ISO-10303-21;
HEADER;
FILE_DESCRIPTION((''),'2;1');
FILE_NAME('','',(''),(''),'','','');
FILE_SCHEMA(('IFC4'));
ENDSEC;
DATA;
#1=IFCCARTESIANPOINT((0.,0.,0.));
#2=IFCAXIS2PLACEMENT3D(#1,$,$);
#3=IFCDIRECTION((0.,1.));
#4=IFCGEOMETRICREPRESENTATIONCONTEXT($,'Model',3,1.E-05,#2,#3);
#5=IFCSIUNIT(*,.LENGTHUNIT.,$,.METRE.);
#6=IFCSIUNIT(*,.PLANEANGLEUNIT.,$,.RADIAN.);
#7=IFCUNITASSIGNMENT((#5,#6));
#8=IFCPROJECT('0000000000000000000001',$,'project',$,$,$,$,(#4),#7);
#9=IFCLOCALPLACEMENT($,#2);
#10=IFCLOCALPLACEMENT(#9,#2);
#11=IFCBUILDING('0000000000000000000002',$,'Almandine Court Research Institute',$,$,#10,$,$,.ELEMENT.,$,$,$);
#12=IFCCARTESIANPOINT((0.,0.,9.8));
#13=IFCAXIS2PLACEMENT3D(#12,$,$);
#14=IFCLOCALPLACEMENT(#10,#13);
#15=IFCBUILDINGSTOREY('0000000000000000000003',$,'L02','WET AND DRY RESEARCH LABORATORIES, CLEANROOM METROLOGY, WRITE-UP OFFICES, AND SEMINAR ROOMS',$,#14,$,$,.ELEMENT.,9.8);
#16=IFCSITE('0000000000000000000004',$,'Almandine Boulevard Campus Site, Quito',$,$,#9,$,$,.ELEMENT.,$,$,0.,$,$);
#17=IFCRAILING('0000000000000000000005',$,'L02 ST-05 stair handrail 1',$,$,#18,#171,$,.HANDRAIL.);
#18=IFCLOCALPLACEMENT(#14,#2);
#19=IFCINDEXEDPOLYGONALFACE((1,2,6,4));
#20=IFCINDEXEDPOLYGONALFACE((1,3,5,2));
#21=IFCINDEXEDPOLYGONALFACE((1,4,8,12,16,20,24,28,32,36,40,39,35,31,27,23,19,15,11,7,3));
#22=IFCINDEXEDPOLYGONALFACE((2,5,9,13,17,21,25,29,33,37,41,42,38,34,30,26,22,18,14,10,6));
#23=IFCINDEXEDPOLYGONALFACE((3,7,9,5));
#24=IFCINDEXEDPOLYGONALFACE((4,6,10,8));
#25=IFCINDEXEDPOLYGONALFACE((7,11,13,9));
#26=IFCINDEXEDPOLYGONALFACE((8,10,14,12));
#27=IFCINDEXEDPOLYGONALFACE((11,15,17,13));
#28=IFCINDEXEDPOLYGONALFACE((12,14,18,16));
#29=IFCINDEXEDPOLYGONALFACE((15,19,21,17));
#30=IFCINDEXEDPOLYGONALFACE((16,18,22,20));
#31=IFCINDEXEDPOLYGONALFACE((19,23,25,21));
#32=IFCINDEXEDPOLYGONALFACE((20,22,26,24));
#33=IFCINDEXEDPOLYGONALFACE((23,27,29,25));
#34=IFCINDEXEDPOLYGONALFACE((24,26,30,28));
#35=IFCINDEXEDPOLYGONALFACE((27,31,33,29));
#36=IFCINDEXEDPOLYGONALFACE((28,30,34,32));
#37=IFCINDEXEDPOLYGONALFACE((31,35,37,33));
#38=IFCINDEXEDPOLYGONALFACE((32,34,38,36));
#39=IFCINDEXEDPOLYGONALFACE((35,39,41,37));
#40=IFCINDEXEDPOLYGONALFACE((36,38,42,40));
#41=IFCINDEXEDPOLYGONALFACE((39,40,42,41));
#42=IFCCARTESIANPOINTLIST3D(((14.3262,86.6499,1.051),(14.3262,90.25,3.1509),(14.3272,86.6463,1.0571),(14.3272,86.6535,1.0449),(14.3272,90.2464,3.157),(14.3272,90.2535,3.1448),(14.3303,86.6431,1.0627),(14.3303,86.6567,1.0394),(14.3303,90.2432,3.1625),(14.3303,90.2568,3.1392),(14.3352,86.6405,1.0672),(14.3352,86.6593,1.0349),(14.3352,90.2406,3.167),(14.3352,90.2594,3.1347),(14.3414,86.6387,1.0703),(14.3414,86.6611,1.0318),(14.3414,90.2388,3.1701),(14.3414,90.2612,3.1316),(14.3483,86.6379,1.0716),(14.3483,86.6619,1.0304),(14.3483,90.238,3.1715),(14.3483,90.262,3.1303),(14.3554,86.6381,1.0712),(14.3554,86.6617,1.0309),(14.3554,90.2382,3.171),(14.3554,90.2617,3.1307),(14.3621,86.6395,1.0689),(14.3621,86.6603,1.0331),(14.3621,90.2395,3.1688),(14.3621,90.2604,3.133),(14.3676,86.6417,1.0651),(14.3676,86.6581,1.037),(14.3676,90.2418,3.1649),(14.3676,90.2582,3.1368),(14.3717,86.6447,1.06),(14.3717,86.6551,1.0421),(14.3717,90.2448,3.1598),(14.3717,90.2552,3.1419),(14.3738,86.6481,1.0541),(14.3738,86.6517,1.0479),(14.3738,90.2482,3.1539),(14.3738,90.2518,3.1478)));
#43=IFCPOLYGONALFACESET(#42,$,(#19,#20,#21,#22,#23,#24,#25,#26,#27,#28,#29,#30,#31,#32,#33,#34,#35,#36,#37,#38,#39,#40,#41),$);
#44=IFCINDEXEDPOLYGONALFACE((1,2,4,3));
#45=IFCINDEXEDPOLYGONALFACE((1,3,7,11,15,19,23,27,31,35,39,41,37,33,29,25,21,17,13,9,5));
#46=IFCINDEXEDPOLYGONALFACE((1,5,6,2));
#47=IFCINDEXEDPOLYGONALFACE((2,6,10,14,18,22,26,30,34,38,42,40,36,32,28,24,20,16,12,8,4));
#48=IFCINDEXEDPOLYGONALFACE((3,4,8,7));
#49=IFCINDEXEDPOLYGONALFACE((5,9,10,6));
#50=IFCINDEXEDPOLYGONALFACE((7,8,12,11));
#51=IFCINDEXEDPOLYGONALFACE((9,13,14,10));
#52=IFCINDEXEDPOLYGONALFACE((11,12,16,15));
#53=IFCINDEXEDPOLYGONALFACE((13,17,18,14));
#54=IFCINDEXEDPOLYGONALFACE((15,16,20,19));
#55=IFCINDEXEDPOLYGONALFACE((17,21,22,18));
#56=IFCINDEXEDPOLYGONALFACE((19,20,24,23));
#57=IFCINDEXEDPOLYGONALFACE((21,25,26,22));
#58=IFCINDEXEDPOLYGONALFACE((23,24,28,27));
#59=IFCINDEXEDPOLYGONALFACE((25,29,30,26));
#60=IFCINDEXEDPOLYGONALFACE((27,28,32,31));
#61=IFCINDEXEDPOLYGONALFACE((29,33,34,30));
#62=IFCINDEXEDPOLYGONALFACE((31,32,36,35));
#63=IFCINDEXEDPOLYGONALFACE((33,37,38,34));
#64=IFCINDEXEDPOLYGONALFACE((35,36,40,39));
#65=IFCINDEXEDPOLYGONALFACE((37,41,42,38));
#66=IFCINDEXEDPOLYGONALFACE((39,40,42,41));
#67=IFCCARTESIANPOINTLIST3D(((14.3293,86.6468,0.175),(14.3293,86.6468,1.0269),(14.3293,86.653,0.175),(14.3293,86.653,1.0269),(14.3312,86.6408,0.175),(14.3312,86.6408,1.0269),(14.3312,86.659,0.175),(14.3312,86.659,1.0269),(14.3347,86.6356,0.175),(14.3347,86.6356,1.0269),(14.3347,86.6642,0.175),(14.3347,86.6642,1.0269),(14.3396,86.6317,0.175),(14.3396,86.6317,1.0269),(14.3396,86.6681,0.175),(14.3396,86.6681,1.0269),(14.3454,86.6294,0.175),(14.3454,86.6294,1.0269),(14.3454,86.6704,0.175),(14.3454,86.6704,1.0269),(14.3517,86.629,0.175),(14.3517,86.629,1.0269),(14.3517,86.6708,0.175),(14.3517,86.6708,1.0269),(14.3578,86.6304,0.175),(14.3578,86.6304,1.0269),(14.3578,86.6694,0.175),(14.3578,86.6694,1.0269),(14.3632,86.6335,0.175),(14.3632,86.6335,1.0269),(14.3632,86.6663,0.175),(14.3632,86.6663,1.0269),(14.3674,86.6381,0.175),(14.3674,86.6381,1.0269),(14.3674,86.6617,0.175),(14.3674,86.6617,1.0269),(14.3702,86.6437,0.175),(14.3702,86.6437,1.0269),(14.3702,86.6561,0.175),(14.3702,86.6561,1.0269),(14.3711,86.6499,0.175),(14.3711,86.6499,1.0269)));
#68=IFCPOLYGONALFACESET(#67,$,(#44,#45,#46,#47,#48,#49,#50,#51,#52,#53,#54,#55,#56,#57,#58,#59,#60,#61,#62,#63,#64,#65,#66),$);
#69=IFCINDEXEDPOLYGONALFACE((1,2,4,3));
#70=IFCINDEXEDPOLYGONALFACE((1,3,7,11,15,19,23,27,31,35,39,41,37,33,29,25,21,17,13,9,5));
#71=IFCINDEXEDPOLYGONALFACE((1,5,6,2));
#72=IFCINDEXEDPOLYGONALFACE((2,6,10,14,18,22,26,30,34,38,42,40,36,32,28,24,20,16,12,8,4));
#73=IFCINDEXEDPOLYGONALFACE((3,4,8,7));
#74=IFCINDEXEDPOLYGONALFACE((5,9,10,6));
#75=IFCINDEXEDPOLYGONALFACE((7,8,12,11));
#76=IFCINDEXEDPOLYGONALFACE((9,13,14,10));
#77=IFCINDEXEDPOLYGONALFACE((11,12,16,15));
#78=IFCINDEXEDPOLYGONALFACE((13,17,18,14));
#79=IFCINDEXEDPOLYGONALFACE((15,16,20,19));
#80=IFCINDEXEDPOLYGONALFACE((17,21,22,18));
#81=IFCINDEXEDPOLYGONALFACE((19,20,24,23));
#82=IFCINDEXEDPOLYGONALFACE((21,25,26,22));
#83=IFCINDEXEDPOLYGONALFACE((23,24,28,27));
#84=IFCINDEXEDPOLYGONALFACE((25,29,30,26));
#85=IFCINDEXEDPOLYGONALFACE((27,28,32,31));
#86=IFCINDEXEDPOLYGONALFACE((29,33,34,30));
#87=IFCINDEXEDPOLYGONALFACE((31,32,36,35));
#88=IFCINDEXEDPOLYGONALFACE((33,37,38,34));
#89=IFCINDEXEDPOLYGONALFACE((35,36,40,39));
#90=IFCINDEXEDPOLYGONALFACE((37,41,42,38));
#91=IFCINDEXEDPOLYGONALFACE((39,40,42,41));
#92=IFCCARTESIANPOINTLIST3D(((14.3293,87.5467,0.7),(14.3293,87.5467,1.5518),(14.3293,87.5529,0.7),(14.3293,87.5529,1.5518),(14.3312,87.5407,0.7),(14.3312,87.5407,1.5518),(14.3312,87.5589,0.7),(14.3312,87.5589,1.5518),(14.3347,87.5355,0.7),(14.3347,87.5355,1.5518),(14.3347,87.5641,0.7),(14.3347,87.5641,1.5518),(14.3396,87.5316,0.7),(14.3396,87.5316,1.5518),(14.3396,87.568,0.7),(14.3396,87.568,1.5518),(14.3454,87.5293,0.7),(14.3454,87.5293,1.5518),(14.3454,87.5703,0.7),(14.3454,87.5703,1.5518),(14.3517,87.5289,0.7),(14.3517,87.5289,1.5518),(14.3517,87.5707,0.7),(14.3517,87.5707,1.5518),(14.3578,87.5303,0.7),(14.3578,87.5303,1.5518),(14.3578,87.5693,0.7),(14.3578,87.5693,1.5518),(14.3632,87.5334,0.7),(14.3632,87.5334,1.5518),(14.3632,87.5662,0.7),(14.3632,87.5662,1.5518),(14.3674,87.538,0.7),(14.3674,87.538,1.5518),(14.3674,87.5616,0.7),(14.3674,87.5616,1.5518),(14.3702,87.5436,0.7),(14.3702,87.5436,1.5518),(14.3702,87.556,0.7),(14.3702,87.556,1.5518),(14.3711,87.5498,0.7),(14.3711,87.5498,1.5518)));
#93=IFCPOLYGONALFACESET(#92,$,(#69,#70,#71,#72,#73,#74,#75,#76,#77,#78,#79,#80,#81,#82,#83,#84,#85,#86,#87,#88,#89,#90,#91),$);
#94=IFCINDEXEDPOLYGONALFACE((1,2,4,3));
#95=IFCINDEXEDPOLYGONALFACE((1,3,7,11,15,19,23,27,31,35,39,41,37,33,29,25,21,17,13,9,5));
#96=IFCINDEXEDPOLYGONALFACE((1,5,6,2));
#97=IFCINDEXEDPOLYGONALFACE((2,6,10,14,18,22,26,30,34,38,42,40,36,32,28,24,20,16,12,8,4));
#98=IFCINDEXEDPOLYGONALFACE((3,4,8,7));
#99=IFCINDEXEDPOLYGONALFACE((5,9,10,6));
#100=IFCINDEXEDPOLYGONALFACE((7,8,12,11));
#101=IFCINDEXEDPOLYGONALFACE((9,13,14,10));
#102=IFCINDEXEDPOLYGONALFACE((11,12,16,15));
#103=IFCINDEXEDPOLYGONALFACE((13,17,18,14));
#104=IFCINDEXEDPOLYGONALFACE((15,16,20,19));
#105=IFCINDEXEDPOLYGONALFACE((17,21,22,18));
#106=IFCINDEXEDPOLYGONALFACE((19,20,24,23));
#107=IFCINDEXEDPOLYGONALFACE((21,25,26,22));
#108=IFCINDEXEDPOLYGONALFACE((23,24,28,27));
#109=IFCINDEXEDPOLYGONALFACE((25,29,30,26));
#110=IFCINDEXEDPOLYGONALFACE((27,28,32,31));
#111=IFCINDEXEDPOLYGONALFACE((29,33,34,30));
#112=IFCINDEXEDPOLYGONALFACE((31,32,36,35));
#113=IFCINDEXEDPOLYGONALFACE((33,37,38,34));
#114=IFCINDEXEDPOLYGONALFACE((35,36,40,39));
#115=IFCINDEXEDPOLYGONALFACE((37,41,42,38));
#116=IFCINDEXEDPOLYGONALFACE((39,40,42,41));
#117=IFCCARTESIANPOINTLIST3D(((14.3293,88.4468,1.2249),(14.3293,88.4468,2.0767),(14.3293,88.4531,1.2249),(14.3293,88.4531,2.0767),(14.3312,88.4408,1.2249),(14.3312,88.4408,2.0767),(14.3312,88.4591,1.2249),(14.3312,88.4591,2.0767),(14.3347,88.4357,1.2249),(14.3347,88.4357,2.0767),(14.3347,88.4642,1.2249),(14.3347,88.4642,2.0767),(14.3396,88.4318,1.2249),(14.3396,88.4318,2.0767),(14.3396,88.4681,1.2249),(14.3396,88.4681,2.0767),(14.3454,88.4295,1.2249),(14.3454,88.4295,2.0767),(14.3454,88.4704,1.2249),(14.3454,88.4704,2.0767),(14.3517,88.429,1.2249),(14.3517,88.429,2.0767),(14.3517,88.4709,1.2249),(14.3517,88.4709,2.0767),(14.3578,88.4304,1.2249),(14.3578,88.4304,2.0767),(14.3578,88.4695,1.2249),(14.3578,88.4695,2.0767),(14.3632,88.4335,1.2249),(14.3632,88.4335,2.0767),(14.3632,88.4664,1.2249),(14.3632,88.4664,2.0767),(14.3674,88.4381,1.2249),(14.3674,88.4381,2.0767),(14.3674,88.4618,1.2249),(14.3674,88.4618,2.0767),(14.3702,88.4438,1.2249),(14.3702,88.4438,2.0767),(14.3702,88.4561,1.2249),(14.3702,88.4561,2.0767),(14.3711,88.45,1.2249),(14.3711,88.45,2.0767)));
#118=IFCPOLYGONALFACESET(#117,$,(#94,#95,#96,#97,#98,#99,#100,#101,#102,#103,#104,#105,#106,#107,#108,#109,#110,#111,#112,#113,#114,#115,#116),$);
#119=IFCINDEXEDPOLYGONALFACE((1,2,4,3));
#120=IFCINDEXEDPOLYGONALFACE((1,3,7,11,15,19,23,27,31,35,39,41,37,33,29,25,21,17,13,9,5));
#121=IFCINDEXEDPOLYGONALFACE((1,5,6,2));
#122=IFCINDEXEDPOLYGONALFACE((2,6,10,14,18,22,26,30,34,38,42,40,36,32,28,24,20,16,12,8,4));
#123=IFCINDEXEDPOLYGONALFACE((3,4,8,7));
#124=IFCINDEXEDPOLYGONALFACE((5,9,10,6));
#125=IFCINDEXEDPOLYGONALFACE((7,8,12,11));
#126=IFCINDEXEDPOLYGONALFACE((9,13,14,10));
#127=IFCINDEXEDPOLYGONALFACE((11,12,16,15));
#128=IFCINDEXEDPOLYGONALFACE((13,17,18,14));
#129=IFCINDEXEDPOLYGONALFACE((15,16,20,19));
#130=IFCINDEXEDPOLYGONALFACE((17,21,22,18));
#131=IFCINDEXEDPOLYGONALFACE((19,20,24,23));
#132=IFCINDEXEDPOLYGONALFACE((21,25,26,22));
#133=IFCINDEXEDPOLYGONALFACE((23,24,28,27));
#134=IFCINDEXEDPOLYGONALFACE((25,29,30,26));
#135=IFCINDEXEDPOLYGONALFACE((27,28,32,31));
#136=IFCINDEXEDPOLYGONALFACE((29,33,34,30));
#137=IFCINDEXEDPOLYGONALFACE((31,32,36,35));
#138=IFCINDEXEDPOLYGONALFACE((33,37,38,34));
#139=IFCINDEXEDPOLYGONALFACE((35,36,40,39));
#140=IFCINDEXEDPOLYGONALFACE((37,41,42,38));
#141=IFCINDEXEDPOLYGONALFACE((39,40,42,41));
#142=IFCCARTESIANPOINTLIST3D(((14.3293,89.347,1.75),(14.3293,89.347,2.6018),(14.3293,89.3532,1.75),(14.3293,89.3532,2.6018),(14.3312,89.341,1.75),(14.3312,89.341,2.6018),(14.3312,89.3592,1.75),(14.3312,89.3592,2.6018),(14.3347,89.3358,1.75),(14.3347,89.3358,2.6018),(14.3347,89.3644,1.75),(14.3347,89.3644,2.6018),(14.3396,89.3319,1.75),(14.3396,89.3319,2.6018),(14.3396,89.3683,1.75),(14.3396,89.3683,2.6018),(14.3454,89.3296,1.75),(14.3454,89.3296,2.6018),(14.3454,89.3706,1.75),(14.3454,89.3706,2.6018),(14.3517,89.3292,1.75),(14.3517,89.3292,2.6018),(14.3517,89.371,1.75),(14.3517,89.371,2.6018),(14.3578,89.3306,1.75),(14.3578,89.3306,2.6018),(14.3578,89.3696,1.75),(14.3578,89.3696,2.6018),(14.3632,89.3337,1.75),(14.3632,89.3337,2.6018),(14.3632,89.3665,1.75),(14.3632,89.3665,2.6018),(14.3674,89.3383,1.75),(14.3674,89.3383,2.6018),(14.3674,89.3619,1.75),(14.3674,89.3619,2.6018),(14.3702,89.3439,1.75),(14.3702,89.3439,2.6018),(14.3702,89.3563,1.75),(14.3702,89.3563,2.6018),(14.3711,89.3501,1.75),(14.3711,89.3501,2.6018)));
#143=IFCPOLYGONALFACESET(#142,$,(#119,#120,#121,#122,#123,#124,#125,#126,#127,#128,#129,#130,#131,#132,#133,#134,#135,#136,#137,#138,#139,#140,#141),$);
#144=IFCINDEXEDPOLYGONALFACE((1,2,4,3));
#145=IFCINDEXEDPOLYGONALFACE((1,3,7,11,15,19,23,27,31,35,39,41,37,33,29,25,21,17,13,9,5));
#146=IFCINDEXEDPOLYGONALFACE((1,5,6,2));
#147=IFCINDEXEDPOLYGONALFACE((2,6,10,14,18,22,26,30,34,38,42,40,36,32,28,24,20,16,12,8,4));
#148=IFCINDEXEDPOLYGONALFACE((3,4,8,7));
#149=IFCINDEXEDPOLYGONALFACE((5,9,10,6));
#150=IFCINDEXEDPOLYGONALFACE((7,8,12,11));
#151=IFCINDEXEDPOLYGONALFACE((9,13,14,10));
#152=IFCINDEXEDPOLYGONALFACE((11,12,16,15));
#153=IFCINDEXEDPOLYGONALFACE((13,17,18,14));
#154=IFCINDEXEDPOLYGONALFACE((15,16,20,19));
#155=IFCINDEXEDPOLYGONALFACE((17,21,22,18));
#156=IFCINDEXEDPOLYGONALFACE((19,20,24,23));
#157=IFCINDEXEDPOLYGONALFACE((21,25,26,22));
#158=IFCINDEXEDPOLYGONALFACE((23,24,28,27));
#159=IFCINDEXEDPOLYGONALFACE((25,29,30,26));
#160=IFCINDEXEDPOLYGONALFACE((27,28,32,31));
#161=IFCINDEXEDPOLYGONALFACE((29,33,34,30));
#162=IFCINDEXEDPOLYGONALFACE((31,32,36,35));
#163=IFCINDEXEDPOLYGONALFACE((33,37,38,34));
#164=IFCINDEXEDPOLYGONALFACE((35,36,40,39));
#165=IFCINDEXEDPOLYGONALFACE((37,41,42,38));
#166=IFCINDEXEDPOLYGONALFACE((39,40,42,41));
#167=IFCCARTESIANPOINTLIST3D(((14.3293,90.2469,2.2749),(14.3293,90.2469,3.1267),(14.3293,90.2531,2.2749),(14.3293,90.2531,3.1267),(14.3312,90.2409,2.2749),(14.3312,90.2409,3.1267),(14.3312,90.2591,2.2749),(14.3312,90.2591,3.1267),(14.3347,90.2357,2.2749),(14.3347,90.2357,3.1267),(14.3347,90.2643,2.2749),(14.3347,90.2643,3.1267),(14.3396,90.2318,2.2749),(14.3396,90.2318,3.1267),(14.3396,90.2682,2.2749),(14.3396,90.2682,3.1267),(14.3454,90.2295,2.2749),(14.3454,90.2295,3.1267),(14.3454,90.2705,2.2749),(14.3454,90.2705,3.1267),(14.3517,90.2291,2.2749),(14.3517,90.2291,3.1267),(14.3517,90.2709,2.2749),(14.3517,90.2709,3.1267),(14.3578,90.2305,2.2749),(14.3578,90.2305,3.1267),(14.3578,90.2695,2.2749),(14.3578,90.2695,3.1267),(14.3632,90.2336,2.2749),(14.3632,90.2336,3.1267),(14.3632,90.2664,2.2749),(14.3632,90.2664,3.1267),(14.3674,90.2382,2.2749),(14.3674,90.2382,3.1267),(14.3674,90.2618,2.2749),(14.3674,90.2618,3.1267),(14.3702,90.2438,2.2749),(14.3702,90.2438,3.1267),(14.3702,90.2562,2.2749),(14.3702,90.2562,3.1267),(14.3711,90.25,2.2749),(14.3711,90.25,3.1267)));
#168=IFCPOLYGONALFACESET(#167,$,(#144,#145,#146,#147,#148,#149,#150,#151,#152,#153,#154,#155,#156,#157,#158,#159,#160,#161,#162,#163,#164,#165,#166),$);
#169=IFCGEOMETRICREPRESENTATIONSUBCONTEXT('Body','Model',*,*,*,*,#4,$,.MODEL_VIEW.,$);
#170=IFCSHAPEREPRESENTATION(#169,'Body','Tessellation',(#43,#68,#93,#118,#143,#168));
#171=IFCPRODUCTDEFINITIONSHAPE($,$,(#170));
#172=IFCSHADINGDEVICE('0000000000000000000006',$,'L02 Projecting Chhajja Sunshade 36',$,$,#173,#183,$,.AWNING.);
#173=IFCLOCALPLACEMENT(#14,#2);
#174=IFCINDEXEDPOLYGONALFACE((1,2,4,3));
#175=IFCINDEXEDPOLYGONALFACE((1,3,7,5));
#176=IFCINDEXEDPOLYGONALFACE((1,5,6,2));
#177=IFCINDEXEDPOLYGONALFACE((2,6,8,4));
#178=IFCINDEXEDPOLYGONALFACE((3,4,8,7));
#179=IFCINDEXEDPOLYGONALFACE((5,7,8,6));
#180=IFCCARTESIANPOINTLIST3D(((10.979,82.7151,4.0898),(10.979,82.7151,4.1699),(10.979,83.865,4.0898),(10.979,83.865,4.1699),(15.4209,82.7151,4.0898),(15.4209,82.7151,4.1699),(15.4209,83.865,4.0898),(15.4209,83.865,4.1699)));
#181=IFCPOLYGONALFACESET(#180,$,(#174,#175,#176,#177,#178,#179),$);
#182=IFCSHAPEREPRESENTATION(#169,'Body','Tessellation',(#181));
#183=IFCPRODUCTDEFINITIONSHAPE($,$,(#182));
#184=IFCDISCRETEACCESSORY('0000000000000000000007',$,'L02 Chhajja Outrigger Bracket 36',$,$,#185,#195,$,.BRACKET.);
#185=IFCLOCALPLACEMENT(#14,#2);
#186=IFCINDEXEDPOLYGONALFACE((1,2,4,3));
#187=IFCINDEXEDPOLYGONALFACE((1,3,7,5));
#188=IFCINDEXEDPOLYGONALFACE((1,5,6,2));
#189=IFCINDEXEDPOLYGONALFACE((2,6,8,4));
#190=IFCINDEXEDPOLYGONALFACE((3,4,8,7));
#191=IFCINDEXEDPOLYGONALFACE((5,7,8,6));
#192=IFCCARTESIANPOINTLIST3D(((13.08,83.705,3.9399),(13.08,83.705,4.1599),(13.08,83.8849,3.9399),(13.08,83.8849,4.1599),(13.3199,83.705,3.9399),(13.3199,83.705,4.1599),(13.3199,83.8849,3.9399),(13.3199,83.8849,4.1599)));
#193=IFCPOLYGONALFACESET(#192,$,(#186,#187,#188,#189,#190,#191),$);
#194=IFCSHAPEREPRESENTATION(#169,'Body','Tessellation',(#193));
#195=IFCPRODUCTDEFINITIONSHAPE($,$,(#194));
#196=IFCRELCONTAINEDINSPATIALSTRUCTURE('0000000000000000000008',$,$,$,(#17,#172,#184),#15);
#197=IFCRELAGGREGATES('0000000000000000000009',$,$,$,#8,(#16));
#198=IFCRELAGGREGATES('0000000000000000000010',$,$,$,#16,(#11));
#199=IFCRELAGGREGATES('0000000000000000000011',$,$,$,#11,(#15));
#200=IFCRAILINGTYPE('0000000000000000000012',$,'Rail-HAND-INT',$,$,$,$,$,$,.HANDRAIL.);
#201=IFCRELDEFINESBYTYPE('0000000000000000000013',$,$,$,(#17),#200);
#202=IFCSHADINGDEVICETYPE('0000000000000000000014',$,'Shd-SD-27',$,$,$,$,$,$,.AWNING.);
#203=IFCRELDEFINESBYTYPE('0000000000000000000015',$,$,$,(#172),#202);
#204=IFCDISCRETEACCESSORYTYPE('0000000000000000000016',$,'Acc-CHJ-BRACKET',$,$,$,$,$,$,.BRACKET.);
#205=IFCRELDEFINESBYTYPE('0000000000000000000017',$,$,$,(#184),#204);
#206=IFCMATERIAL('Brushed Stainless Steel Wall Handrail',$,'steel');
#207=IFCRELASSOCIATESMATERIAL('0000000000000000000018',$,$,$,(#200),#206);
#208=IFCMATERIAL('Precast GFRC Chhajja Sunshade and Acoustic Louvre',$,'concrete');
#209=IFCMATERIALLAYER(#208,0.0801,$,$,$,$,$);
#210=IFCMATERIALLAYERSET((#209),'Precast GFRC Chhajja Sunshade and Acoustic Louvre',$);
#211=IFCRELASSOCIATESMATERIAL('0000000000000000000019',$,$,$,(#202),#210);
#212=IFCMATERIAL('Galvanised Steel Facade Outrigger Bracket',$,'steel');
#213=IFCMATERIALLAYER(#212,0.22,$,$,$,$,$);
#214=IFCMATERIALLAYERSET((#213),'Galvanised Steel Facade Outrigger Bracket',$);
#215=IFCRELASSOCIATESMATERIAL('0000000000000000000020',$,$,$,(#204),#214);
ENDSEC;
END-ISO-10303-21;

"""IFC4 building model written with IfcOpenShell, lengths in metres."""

from ifc_helpers import new_model, si_unit, direction, frame, origin, origin_2d, place, context, subcontext, project, spatial, rectangle, circle, extrude, material, layer, layer_set, type_object, element, save


model = new_model("IFC4")

# Units and contexts
model_context = context("Model", 3, precision=1e-05, world=origin(), true_north=direction((0.0, 1.0)))
body_context = subcontext(model_context, "Body", "Model", "MODEL_VIEW")
ifc_project = project(units=[si_unit("LENGTHUNIT", "METRE"), si_unit("PLANEANGLEUNIT", "RADIAN")], contexts=[model_context])

# Site, building, storey
site_placement = place(None, origin())
site = spatial("IfcSite", under=ifc_project, at=site_placement, Name="Almandine Boulevard Campus Site, Quito", CompositionType="ELEMENT", RefElevation=0.0)
building_placement = place(site_placement, origin())
building = spatial("IfcBuilding", under=site, at=building_placement, Name="Almandine Court Research Institute", CompositionType="ELEMENT")
storey_placement = place(building_placement, frame((0.0, 0.0, 9.8)))
storey = spatial("IfcBuildingStorey", under=building, at=storey_placement, Name="L02", Description="WET AND DRY RESEARCH LABORATORIES, CLEANROOM METROLOGY, WRITE-UP OFFICES, AND SEMINAR ROOMS", CompositionType="ELEMENT", Elevation=9.8)

# Railing
ifc_material_1 = material(Name="Brushed Stainless Steel Wall Handrail", Category="steel")
railing_type_1 = type_object("IfcRailingType", Name="Rail-HAND-INT", PredefinedType="HANDRAIL", material=ifc_material_1)
railing_1_placement = place(storey_placement, frame((14.3501, 86.6499, 0.175)))
element("IfcRailing", 1, at=railing_1_placement, inside=storey, type_object=railing_type_1, Name="L02 ST-05 stair handrail 1", PredefinedType="HANDRAIL", context=body_context, shape_type="SweptSolid", body=[
    extrude(circle(Radius=0.0239, at=origin_2d()), frame((0.0, 0.0, 0.876), z_axis=(0.0, 0.8638, 0.503835), x_axis=(-1.0, 0.0, 0.0)), (0.0, 0.0, 1.0), 4.1677),
    extrude(circle(Radius=0.021, at=origin_2d()), origin(), (0.0, 0.0, 1.0), 0.8518),
    extrude(circle(Radius=0.021, at=origin_2d()), frame((0.0, 0.8999, 0.5249)), (0.0, 0.0, 1.0), 0.8518),
    extrude(circle(Radius=0.021, at=origin_2d()), frame((0.0, 1.8, 1.0498)), (0.0, 0.0, 1.0), 0.8518),
    extrude(circle(Radius=0.021, at=origin_2d()), frame((0.0, 2.7002, 1.575)), (0.0, 0.0, 1.0), 0.8518),
    extrude(circle(Radius=0.021, at=origin_2d()), frame((0.0, 3.6001, 2.0999)), (0.0, 0.0, 1.0), 0.8518),
])

# Shading device
ifc_material_2 = material(Name="Precast GFRC Chhajja Sunshade and Acoustic Louvre", Category="concrete")
ifc_layer_1 = layer(ifc_material_2, 0.0801)
ifc_layer_set_1 = layer_set([ifc_layer_1], Name="Precast GFRC Chhajja Sunshade and Acoustic Louvre")
shading_device_type = type_object("IfcShadingDeviceType", Name="Shd-SD-27", PredefinedType="AWNING", material=ifc_layer_set_1)
shading_device_placement = place(storey_placement, frame((13.2, 83.29, 4.0898), z_axis=(0.0, 0.0, 1.0), x_axis=(-1.0, 0.0, 0.0)))
element("IfcShadingDevice", 2, at=shading_device_placement, inside=storey, type_object=shading_device_type, Name="L02 Projecting Chhajja Sunshade 36", PredefinedType="AWNING", context=body_context, shape_type="SweptSolid", body=[
    extrude(rectangle(XDim=4.4419, YDim=1.1499, at=origin_2d()), origin(), (0.0, 0.0, 1.0), 0.0801),
])

# Discrete accessory
ifc_material_3 = material(Name="Galvanised Steel Facade Outrigger Bracket", Category="steel")
ifc_layer_2 = layer(ifc_material_3, 0.22)
ifc_layer_set_2 = layer_set([ifc_layer_2], Name="Galvanised Steel Facade Outrigger Bracket")
discrete_accessory_type = type_object("IfcDiscreteAccessoryType", Name="Acc-CHJ-BRACKET", PredefinedType="BRACKET", material=ifc_layer_set_2)
discrete_accessory_placement = place(storey_placement, frame((13.2, 83.7949, 3.9399), z_axis=(0.0, 0.0, 1.0), x_axis=(-1.0, 0.0, 0.0)))
element("IfcDiscreteAccessory", 3, at=discrete_accessory_placement, inside=storey, type_object=discrete_accessory_type, Name="L02 Chhajja Outrigger Bracket 36", PredefinedType="BRACKET", context=body_context, shape_type="SweptSolid", body=[
    extrude(rectangle(XDim=0.24, YDim=0.1799, at=origin_2d()), origin(), (0.0, 0.0, 1.0), 0.22),
])

save(model, "model.ifc")
